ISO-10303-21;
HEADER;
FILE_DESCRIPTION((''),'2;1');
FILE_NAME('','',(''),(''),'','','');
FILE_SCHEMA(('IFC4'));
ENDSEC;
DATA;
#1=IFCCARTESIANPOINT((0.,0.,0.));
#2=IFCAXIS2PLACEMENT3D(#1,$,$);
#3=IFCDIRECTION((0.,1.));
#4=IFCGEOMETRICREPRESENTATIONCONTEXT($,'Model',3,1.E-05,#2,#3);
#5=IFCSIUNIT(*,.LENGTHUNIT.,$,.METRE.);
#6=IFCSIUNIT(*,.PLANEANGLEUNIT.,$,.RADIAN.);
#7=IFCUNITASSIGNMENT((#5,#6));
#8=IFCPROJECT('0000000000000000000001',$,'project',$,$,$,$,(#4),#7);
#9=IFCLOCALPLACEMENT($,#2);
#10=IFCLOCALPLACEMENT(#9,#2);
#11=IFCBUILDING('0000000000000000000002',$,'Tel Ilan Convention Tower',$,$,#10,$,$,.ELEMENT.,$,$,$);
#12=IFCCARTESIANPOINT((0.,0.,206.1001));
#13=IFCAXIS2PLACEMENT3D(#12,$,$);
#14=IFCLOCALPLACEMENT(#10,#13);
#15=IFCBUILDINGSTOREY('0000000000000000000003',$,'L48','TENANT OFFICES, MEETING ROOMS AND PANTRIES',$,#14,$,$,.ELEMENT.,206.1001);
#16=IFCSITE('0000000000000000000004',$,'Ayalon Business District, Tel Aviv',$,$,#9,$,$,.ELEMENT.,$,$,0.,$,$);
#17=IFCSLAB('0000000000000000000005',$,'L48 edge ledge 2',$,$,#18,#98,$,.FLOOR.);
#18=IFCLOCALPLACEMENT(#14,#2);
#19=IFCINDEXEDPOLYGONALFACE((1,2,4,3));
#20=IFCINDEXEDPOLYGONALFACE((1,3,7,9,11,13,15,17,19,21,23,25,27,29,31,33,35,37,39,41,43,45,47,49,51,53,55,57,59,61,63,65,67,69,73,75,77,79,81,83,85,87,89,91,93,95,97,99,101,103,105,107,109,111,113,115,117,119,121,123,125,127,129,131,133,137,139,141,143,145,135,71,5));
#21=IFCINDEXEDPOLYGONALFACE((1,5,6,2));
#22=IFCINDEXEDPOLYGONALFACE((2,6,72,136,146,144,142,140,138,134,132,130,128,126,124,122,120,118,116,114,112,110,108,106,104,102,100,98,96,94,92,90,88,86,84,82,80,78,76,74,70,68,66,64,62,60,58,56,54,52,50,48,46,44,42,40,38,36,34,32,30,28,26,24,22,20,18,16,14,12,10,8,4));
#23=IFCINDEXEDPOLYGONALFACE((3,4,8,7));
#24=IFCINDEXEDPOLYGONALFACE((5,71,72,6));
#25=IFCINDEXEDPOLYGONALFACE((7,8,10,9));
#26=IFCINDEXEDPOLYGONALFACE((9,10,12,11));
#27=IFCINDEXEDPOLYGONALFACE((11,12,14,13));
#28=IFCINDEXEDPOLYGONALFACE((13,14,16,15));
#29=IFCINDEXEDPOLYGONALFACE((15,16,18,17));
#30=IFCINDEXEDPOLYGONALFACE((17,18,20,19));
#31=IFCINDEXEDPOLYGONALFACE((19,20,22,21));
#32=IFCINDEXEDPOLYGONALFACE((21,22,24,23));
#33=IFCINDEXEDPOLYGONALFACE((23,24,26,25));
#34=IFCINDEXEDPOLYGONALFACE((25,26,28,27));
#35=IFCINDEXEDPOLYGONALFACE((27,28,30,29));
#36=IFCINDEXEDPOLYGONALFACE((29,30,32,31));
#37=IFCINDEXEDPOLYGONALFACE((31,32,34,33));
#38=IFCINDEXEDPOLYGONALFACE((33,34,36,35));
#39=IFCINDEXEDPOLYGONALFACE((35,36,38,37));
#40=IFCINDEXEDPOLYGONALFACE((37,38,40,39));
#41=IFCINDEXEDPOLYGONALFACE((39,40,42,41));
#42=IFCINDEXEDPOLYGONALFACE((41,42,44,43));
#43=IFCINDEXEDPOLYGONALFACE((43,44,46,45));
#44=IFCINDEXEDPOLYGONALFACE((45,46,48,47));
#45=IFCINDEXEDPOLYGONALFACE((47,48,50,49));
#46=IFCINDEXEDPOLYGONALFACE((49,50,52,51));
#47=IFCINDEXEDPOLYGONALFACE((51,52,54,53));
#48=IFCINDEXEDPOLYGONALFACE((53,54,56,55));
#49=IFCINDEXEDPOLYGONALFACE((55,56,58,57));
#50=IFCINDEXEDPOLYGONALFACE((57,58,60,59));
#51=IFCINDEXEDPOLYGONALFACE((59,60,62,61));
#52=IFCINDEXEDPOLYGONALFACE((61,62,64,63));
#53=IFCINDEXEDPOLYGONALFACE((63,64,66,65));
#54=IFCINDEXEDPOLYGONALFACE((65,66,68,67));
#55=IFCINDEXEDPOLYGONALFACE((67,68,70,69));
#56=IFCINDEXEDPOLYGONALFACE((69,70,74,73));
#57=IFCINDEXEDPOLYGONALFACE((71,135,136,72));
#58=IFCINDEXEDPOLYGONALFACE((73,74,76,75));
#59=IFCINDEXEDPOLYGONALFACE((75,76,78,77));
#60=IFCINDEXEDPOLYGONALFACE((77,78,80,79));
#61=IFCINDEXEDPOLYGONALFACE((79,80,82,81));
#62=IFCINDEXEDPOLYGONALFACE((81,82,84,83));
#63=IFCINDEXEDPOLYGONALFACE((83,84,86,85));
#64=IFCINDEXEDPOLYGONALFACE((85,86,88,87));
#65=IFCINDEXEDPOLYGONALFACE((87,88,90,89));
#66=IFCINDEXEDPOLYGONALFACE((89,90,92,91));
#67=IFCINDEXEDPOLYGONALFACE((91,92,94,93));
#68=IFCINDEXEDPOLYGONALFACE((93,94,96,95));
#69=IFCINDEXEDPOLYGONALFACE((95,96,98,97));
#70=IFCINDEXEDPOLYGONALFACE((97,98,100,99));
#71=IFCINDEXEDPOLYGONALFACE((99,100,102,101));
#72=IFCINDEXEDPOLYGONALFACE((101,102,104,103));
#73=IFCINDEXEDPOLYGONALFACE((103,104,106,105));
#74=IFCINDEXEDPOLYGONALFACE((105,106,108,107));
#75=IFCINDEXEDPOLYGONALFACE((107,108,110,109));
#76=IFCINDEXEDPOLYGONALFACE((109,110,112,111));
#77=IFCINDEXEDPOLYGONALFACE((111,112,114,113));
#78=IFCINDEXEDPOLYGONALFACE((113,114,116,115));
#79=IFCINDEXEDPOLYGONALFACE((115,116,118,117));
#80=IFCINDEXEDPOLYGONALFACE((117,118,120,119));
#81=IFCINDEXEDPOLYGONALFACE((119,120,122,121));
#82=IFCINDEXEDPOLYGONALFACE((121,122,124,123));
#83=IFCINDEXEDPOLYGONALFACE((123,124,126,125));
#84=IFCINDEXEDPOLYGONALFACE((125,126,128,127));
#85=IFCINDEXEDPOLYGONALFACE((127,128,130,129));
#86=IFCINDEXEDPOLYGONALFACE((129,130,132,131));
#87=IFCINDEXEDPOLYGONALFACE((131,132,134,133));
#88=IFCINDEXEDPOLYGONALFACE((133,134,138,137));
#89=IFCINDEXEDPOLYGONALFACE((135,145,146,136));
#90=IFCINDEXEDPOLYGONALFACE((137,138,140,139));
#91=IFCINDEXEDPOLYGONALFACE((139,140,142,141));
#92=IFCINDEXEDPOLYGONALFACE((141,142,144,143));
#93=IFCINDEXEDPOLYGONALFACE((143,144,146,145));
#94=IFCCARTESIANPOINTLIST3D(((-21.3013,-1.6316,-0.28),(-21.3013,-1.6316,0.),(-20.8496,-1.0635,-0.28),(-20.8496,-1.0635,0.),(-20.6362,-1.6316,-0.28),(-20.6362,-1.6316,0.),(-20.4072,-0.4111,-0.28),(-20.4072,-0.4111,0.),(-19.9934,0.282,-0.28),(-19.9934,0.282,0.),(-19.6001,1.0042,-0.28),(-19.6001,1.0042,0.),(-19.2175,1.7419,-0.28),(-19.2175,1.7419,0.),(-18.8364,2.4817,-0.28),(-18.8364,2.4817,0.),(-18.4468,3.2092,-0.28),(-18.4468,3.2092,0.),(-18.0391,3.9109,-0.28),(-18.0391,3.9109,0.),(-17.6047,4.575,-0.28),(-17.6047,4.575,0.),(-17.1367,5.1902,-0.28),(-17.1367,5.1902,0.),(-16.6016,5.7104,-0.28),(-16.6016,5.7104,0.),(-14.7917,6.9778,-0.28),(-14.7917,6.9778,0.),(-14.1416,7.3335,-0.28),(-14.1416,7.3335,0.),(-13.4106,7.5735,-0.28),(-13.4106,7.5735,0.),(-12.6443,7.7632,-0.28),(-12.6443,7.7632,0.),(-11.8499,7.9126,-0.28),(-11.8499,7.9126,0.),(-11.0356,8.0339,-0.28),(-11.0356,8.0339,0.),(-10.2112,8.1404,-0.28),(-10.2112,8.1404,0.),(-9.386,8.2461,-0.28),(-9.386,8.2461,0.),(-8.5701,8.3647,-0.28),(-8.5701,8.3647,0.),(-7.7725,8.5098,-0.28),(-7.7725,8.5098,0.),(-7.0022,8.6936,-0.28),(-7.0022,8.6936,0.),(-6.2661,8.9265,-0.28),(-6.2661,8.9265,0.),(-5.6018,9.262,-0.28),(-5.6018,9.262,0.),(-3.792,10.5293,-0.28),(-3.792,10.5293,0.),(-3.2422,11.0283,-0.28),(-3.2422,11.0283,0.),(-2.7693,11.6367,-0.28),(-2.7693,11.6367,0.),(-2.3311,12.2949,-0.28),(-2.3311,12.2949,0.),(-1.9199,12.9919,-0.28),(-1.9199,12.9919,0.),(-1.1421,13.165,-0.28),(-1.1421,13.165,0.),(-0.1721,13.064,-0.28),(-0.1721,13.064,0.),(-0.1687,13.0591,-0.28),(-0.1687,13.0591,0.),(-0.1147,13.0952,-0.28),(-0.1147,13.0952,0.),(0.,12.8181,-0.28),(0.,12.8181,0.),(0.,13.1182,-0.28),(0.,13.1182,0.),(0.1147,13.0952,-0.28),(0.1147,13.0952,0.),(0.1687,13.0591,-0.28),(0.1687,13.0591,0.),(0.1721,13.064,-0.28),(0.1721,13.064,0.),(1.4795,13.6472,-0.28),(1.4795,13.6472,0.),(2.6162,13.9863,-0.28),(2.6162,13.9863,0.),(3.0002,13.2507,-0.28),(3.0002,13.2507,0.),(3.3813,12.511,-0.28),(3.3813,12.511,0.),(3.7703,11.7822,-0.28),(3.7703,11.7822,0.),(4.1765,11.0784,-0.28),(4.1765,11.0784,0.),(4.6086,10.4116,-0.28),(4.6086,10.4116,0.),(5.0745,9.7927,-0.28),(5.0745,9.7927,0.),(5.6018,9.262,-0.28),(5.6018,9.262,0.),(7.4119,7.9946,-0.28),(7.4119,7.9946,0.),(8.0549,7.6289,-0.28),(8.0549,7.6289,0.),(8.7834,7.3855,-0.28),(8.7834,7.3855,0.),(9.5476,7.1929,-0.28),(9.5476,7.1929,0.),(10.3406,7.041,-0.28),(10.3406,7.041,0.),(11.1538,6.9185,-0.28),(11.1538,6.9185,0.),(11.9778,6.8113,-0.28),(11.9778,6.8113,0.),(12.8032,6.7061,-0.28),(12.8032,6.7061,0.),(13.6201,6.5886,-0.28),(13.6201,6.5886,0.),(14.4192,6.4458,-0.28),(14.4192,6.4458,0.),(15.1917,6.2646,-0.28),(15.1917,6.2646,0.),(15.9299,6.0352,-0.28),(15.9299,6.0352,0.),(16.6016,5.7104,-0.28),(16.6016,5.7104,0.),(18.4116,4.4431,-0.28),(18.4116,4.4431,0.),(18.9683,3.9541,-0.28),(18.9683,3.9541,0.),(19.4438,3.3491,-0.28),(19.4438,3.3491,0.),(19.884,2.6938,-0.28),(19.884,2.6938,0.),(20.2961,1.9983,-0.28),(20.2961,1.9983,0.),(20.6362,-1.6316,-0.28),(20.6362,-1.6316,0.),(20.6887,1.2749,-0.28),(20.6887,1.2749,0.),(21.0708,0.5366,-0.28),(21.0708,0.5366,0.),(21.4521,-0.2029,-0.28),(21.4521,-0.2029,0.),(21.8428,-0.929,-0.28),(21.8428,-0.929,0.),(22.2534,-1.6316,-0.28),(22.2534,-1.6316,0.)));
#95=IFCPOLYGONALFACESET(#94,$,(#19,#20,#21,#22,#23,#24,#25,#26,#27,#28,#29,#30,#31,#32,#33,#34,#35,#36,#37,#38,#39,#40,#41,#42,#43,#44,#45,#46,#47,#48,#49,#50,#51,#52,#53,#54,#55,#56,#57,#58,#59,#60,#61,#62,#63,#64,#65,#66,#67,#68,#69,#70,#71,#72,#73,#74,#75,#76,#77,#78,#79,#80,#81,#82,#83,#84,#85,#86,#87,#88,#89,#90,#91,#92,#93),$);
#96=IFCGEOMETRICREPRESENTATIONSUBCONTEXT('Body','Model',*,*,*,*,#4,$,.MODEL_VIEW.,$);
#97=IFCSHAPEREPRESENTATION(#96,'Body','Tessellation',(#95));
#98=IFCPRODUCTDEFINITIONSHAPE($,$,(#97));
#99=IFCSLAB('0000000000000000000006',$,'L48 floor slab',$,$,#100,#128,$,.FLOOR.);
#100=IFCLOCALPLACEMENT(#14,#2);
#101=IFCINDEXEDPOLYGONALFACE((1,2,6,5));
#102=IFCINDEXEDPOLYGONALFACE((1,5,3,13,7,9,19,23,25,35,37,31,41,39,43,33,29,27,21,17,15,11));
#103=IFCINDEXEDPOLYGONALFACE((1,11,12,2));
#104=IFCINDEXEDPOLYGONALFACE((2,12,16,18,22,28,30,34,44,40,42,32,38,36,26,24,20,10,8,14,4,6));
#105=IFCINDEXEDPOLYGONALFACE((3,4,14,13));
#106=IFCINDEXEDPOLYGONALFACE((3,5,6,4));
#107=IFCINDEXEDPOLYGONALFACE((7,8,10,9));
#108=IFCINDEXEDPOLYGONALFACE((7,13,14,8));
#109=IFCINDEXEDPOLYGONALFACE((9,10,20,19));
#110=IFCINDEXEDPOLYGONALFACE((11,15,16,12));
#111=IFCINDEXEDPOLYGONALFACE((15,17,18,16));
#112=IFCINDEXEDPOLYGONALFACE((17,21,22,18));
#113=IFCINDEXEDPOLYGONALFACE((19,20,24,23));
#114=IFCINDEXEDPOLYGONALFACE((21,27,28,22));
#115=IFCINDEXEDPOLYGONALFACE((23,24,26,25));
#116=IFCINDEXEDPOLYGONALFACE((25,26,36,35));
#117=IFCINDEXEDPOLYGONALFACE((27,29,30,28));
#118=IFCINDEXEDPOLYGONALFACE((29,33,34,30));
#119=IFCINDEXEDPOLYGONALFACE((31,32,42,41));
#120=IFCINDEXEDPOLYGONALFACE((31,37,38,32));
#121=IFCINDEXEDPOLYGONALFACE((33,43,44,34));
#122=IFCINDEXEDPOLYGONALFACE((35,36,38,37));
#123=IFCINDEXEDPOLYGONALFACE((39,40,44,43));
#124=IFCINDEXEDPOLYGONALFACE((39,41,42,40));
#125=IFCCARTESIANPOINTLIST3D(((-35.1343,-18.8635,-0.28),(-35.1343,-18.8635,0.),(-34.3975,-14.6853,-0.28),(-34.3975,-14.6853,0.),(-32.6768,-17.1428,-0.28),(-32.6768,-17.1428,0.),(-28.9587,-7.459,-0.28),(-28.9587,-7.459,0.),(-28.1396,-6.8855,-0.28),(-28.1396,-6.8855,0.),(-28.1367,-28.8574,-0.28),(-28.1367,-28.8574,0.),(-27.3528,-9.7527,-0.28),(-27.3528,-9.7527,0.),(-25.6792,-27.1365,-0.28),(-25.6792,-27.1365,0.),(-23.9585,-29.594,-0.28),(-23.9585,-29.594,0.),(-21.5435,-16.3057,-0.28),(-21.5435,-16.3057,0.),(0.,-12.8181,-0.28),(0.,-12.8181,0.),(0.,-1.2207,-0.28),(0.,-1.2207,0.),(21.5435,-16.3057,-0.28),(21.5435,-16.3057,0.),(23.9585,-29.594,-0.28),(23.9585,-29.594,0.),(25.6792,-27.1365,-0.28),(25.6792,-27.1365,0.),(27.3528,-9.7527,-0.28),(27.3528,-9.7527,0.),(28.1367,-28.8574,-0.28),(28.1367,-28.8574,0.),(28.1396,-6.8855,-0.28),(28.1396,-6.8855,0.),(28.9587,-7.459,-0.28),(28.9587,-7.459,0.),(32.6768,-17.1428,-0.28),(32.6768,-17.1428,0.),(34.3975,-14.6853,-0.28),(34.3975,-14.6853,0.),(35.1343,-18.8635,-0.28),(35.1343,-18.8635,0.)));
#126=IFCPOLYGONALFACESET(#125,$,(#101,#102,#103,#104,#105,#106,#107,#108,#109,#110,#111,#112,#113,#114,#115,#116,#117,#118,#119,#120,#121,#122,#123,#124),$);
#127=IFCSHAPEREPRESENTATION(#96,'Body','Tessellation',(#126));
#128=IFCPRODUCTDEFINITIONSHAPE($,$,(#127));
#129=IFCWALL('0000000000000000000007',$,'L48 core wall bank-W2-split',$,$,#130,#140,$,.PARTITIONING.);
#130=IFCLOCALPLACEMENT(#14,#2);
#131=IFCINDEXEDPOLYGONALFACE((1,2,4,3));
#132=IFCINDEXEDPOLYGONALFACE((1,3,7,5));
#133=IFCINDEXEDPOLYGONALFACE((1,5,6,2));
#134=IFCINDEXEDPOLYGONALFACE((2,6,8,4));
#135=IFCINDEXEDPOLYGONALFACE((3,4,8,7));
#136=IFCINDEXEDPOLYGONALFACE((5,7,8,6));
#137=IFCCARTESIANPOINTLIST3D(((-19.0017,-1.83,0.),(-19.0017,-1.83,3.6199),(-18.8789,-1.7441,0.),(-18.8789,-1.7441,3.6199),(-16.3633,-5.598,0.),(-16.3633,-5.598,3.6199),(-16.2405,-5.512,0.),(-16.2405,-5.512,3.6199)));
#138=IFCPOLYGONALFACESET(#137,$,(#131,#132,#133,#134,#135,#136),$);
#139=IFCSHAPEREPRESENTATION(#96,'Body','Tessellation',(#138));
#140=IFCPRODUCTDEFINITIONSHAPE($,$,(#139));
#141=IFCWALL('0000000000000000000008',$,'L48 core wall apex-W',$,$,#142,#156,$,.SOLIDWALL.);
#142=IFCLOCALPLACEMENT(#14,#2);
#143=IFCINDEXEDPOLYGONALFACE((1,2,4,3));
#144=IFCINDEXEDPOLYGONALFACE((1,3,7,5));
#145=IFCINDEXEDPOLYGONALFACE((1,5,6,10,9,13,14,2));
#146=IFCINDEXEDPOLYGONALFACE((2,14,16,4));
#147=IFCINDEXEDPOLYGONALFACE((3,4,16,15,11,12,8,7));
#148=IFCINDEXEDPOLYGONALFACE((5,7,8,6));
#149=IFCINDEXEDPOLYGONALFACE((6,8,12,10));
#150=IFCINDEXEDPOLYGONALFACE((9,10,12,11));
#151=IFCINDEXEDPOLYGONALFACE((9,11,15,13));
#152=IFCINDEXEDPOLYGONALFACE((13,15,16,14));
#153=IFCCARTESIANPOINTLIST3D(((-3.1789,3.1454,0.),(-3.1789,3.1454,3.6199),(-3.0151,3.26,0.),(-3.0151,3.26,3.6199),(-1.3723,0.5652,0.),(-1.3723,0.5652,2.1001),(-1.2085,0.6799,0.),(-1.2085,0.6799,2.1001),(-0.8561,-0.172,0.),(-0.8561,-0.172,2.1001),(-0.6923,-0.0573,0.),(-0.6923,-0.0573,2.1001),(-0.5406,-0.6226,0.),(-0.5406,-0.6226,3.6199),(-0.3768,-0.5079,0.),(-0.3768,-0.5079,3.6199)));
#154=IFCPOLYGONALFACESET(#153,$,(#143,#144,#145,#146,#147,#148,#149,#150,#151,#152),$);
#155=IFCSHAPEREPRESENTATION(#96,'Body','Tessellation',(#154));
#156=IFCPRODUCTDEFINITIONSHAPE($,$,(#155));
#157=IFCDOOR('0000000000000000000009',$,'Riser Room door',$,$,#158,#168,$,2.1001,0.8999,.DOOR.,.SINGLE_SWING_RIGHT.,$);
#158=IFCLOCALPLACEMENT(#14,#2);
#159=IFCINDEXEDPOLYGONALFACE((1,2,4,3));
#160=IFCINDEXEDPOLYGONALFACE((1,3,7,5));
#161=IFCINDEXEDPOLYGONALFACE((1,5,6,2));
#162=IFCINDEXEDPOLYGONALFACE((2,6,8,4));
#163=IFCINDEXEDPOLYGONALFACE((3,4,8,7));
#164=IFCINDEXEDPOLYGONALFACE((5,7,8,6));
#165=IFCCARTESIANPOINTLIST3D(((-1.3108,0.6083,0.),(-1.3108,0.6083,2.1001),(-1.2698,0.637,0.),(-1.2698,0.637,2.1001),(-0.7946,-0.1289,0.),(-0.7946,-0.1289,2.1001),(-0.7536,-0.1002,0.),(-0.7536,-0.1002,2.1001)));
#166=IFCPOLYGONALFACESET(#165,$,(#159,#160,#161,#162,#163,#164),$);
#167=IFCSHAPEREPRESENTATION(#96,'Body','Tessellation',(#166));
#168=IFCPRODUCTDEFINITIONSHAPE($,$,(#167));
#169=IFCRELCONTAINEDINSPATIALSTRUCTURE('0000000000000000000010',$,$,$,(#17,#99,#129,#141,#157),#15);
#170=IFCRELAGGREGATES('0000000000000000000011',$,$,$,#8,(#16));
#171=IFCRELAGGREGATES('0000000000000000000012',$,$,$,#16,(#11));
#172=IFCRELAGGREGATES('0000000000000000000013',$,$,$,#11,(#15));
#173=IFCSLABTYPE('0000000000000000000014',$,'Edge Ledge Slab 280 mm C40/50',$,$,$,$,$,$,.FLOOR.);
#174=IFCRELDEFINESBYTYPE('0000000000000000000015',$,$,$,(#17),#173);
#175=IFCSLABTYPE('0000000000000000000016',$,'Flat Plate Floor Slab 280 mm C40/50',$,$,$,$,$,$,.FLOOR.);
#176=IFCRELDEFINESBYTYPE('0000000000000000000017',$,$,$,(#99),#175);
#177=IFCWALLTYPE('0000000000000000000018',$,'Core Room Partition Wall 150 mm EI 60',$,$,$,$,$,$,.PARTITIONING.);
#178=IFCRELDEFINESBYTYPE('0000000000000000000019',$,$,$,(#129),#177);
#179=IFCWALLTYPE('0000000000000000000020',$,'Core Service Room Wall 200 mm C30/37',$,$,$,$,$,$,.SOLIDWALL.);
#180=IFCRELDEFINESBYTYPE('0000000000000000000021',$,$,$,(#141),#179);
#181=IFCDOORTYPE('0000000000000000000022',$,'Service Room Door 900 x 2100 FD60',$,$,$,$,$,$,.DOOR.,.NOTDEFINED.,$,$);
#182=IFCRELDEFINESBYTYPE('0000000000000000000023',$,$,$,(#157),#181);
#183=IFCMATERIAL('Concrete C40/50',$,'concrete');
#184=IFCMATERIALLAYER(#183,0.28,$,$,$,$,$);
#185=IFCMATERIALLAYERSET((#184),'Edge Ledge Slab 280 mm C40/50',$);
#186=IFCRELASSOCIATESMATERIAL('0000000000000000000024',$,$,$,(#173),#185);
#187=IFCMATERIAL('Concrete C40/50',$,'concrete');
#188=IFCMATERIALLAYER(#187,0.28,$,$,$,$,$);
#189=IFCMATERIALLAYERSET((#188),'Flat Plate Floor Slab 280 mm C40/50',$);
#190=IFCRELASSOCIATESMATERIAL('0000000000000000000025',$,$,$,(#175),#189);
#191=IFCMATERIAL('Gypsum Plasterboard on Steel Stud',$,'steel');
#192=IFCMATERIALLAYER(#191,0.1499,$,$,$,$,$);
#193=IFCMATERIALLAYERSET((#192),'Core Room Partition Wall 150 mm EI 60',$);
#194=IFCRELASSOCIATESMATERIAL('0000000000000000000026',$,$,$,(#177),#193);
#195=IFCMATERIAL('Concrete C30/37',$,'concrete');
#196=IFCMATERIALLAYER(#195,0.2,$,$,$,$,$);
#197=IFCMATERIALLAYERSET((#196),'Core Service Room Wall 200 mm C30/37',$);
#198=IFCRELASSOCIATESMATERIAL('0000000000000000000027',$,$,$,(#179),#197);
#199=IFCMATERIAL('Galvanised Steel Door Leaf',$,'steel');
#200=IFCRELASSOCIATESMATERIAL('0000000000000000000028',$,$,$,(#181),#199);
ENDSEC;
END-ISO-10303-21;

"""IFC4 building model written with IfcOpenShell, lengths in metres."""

from ifc_helpers import new_model, si_unit, direction, frame, frame_2d, origin, place, context, subcontext, project, spatial, polyline, rectangle, outline, extrude, material, layer, layer_set, type_object, element, fill, save


model = new_model("IFC4")

# Units and contexts
model_context = context("Model", 3, precision=1e-05, world=origin(), true_north=direction((0.0, 1.0)))
body_context = subcontext(model_context, "Body", "Model", "MODEL_VIEW")
ifc_project = project(units=[si_unit("LENGTHUNIT", "METRE"), si_unit("PLANEANGLEUNIT", "RADIAN")], contexts=[model_context])

# Site, building, storey
site_placement = place(None, origin())
site = spatial("IfcSite", under=ifc_project, at=site_placement, Name="Ayalon Business District, Tel Aviv", CompositionType="ELEMENT", RefElevation=0.0)
building_placement = place(site_placement, origin())
building = spatial("IfcBuilding", under=site, at=building_placement, Name="Tel Ilan Convention Tower", CompositionType="ELEMENT")
storey_placement = place(building_placement, frame((0.0, 0.0, 206.1001)))
storey = spatial("IfcBuildingStorey", under=building, at=storey_placement, Name="L48", Description="TENANT OFFICES, MEETING ROOMS AND PANTRIES", CompositionType="ELEMENT", Elevation=206.1001)

# Slabs
ifc_material_1 = material(Name="Concrete C40/50", Category="concrete")
ifc_layer_1 = layer(ifc_material_1, 0.28)
ifc_layer_set_1 = layer_set([ifc_layer_1], Name="Edge Ledge Slab 280 mm C40/50")
slab_type_1 = type_object("IfcSlabType", Name="Edge Ledge Slab 280 mm C40/50", PredefinedType="FLOOR", material=ifc_layer_set_1)
slab_1_placement = place(storey_placement, frame((0.0, 0.0, -0.28)))
element("IfcSlab", 1, at=slab_1_placement, inside=storey, type_object=slab_type_1, Name="L48 edge ledge 2", PredefinedType="FLOOR", context=body_context, shape_type="SweptSolid", body=[
    extrude(outline(polyline([(-19.6001, 1.0042), (-19.2175, 1.7419), (-18.8364, 2.4817), (-18.4468, 3.2092), (-18.0391, 3.9109), (-17.6047, 4.575), (-17.1367, 5.1902), (-16.6016, 5.7104), (-14.7917, 6.9778), (-14.1416, 7.3335), (-13.4106, 7.5735), (-12.6443, 7.7632), (-11.8499, 7.9126), (-11.0356, 8.0339), (-10.2112, 8.1404), (-9.386, 8.2461), (-8.5701, 8.3647), (-7.7725, 8.5098), (-7.0022, 8.6936), (-6.2661, 8.9265), (-5.6018, 9.262), (-3.792, 10.5293), (-3.2422, 11.0283), (-2.7693, 11.6367), (-2.3311, 12.2949), (-1.9199, 12.9919), (-1.1421, 13.165), (-0.1721, 13.064), (-0.1687, 13.0591), (-0.1147, 13.0952), (0.0, 13.1182), (0.1147, 13.0952), (0.1687, 13.0591), (0.1721, 13.064), (1.4795, 13.6472), (2.6162, 13.9863), (3.0002, 13.2507), (3.3813, 12.511), (3.7703, 11.7822), (4.1765, 11.0784), (4.6086, 10.4116), (5.0745, 9.7927), (5.6018, 9.262), (7.4119, 7.9946), (8.0549, 7.6289), (8.7834, 7.3855), (9.5476, 7.1929), (10.3406, 7.041), (11.1538, 6.9185), (11.9778, 6.8113), (12.8032, 6.7061), (13.6201, 6.5886), (14.4192, 6.4458), (15.1917, 6.2646), (15.9299, 6.0352), (16.6016, 5.7104), (18.4116, 4.4431), (18.9683, 3.9541), (19.4438, 3.3491), (19.884, 2.6938), (20.2961, 1.9983), (20.6887, 1.2749), (21.0708, 0.5366), (21.4521, -0.2029), (21.8428, -0.929), (22.2534, -1.6316), (20.6362, -1.6316), (0.0, 12.8181), (-20.6362, -1.6316), (-21.3013, -1.6316), (-20.8496, -1.0635), (-20.4072, -0.4111), (-19.9934, 0.282), (-19.6001, 1.0042)])), origin(), (0.0, 0.0, 1.0), 0.28),
])
ifc_material_2 = material(Name="Concrete C40/50", Category="concrete")
ifc_layer_2 = layer(ifc_material_2, 0.28)
ifc_layer_set_2 = layer_set([ifc_layer_2], Name="Flat Plate Floor Slab 280 mm C40/50")
slab_type_2 = type_object("IfcSlabType", Name="Flat Plate Floor Slab 280 mm C40/50", PredefinedType="FLOOR", material=ifc_layer_set_2)
slab_2_placement = place(storey_placement, frame((0.0, 0.0, -0.28)))
element("IfcSlab", 2, at=slab_2_placement, inside=storey, type_object=slab_type_2, Name="L48 floor slab", PredefinedType="FLOOR", context=body_context, shape_type="SweptSolid", body=[
    extrude(outline(polyline([(-21.5435, -16.3057), (0.0, -1.2207), (21.5435, -16.3057), (28.1396, -6.8855), (28.9587, -7.459), (27.3528, -9.7527), (34.3975, -14.6853), (32.6768, -17.1428), (35.1343, -18.8635), (28.1367, -28.8574), (25.6792, -27.1365), (23.9585, -29.594), (0.0, -12.8181), (-23.9585, -29.594), (-25.6792, -27.1365), (-28.1367, -28.8574), (-35.1343, -18.8635), (-32.6768, -17.1428), (-34.3975, -14.6853), (-27.3528, -9.7527), (-28.9587, -7.459), (-28.1396, -6.8855), (-21.5435, -16.3057)])), origin(), (0.0, 0.0, 1.0), 0.28),
])

# Wall
ifc_material_3 = material(Name="Gypsum Plasterboard on Steel Stud", Category="steel")
ifc_layer_3 = layer(ifc_material_3, 0.1499)
ifc_layer_set_3 = layer_set([ifc_layer_3], Name="Core Room Partition Wall 150 mm EI 60")
wall_type_1 = type_object("IfcWallType", Name="Core Room Partition Wall 150 mm EI 60", PredefinedType="PARTITIONING", material=ifc_layer_set_3)
wall_1_placement = place(storey_placement, frame((-16.302, -5.5549, 0.0), z_axis=(0.0, 0.0, 1.0), x_axis=(-0.573576, 0.819152, 0.0)))
element("IfcWall", 3, at=wall_1_placement, inside=storey, type_object=wall_type_1, Name="L48 core wall bank-W2-split", PredefinedType="PARTITIONING", context=body_context, shape_type="SweptSolid", body=[
    extrude(rectangle(XDim=4.5999, YDim=0.1499, at=frame_2d((2.2998, 0.0))), origin(), (0.0, 0.0, 1.0), 3.6199),
])

# Wall, opening, door
ifc_material_4 = material(Name="Concrete C30/37", Category="concrete")
ifc_layer_4 = layer(ifc_material_4, 0.2)
ifc_layer_set_4 = layer_set([ifc_layer_4], Name="Core Service Room Wall 200 mm C30/37")
wall_type_2 = type_object("IfcWallType", Name="Core Service Room Wall 200 mm C30/37", PredefinedType="SOLIDWALL", material=ifc_layer_set_4)
wall_2_placement = place(storey_placement, frame((-0.4587, -0.5652, 0.0), z_axis=(0.0, 0.0, 1.0), x_axis=(-0.573576, 0.819152, 0.0)))
wall_2 = element("IfcWall", 4, at=wall_2_placement, inside=storey, type_object=wall_type_2, Name="L48 core wall apex-W", PredefinedType="SOLIDWALL", context=body_context, shape_type="SweptSolid", body=[
    extrude(rectangle(XDim=4.5999, YDim=0.2, at=frame_2d((2.2998, 0.0))), origin(), (0.0, 0.0, 1.0), 3.6199),
])
opening_1_placement = place(wall_2_placement, frame((0.55, 0.0, 0.0)))
opening_1 = element("IfcOpeningElement", 5, at=opening_1_placement, cuts=wall_2, PredefinedType="OPENING", context=body_context, shape_type="SweptSolid", body=[
    extrude(rectangle(XDim=0.8999, YDim=2.1001, at=frame_2d((0.45, 1.05))), frame((0.0, 0.1099, 0.0), z_axis=(0.0, -1.0, 0.0), x_axis=(1.0, 0.0, 0.0)), (0.0, 0.0, 1.0), 0.22),
])
ifc_material_5 = material(Name="Galvanised Steel Door Leaf", Category="steel")
door_type_1 = type_object("IfcDoorType", Name="Service Room Door 900 x 2100 FD60", OperationType="NOTDEFINED", PredefinedType="DOOR", material=ifc_material_5)
door_1_placement = place(opening_1_placement, origin())
door_1 = element("IfcDoor", 6, at=door_1_placement, inside=storey, type_object=door_type_1, Name="Riser Room door", OperationType="SINGLE_SWING_RIGHT", OverallHeight=2.1001, OverallWidth=0.8999, PredefinedType="DOOR", context=body_context, shape_type="SweptSolid", body=[
    extrude(rectangle(XDim=0.8999, YDim=2.1001, at=frame_2d((0.45, 1.05))), frame((0.0, 0.0249, 0.0), z_axis=(0.0, -1.0, 0.0), x_axis=(1.0, 0.0, 0.0)), (0.0, 0.0, 1.0), 0.05),
])
fill(opening_1, door_1)

save(model, "model.ifc")
